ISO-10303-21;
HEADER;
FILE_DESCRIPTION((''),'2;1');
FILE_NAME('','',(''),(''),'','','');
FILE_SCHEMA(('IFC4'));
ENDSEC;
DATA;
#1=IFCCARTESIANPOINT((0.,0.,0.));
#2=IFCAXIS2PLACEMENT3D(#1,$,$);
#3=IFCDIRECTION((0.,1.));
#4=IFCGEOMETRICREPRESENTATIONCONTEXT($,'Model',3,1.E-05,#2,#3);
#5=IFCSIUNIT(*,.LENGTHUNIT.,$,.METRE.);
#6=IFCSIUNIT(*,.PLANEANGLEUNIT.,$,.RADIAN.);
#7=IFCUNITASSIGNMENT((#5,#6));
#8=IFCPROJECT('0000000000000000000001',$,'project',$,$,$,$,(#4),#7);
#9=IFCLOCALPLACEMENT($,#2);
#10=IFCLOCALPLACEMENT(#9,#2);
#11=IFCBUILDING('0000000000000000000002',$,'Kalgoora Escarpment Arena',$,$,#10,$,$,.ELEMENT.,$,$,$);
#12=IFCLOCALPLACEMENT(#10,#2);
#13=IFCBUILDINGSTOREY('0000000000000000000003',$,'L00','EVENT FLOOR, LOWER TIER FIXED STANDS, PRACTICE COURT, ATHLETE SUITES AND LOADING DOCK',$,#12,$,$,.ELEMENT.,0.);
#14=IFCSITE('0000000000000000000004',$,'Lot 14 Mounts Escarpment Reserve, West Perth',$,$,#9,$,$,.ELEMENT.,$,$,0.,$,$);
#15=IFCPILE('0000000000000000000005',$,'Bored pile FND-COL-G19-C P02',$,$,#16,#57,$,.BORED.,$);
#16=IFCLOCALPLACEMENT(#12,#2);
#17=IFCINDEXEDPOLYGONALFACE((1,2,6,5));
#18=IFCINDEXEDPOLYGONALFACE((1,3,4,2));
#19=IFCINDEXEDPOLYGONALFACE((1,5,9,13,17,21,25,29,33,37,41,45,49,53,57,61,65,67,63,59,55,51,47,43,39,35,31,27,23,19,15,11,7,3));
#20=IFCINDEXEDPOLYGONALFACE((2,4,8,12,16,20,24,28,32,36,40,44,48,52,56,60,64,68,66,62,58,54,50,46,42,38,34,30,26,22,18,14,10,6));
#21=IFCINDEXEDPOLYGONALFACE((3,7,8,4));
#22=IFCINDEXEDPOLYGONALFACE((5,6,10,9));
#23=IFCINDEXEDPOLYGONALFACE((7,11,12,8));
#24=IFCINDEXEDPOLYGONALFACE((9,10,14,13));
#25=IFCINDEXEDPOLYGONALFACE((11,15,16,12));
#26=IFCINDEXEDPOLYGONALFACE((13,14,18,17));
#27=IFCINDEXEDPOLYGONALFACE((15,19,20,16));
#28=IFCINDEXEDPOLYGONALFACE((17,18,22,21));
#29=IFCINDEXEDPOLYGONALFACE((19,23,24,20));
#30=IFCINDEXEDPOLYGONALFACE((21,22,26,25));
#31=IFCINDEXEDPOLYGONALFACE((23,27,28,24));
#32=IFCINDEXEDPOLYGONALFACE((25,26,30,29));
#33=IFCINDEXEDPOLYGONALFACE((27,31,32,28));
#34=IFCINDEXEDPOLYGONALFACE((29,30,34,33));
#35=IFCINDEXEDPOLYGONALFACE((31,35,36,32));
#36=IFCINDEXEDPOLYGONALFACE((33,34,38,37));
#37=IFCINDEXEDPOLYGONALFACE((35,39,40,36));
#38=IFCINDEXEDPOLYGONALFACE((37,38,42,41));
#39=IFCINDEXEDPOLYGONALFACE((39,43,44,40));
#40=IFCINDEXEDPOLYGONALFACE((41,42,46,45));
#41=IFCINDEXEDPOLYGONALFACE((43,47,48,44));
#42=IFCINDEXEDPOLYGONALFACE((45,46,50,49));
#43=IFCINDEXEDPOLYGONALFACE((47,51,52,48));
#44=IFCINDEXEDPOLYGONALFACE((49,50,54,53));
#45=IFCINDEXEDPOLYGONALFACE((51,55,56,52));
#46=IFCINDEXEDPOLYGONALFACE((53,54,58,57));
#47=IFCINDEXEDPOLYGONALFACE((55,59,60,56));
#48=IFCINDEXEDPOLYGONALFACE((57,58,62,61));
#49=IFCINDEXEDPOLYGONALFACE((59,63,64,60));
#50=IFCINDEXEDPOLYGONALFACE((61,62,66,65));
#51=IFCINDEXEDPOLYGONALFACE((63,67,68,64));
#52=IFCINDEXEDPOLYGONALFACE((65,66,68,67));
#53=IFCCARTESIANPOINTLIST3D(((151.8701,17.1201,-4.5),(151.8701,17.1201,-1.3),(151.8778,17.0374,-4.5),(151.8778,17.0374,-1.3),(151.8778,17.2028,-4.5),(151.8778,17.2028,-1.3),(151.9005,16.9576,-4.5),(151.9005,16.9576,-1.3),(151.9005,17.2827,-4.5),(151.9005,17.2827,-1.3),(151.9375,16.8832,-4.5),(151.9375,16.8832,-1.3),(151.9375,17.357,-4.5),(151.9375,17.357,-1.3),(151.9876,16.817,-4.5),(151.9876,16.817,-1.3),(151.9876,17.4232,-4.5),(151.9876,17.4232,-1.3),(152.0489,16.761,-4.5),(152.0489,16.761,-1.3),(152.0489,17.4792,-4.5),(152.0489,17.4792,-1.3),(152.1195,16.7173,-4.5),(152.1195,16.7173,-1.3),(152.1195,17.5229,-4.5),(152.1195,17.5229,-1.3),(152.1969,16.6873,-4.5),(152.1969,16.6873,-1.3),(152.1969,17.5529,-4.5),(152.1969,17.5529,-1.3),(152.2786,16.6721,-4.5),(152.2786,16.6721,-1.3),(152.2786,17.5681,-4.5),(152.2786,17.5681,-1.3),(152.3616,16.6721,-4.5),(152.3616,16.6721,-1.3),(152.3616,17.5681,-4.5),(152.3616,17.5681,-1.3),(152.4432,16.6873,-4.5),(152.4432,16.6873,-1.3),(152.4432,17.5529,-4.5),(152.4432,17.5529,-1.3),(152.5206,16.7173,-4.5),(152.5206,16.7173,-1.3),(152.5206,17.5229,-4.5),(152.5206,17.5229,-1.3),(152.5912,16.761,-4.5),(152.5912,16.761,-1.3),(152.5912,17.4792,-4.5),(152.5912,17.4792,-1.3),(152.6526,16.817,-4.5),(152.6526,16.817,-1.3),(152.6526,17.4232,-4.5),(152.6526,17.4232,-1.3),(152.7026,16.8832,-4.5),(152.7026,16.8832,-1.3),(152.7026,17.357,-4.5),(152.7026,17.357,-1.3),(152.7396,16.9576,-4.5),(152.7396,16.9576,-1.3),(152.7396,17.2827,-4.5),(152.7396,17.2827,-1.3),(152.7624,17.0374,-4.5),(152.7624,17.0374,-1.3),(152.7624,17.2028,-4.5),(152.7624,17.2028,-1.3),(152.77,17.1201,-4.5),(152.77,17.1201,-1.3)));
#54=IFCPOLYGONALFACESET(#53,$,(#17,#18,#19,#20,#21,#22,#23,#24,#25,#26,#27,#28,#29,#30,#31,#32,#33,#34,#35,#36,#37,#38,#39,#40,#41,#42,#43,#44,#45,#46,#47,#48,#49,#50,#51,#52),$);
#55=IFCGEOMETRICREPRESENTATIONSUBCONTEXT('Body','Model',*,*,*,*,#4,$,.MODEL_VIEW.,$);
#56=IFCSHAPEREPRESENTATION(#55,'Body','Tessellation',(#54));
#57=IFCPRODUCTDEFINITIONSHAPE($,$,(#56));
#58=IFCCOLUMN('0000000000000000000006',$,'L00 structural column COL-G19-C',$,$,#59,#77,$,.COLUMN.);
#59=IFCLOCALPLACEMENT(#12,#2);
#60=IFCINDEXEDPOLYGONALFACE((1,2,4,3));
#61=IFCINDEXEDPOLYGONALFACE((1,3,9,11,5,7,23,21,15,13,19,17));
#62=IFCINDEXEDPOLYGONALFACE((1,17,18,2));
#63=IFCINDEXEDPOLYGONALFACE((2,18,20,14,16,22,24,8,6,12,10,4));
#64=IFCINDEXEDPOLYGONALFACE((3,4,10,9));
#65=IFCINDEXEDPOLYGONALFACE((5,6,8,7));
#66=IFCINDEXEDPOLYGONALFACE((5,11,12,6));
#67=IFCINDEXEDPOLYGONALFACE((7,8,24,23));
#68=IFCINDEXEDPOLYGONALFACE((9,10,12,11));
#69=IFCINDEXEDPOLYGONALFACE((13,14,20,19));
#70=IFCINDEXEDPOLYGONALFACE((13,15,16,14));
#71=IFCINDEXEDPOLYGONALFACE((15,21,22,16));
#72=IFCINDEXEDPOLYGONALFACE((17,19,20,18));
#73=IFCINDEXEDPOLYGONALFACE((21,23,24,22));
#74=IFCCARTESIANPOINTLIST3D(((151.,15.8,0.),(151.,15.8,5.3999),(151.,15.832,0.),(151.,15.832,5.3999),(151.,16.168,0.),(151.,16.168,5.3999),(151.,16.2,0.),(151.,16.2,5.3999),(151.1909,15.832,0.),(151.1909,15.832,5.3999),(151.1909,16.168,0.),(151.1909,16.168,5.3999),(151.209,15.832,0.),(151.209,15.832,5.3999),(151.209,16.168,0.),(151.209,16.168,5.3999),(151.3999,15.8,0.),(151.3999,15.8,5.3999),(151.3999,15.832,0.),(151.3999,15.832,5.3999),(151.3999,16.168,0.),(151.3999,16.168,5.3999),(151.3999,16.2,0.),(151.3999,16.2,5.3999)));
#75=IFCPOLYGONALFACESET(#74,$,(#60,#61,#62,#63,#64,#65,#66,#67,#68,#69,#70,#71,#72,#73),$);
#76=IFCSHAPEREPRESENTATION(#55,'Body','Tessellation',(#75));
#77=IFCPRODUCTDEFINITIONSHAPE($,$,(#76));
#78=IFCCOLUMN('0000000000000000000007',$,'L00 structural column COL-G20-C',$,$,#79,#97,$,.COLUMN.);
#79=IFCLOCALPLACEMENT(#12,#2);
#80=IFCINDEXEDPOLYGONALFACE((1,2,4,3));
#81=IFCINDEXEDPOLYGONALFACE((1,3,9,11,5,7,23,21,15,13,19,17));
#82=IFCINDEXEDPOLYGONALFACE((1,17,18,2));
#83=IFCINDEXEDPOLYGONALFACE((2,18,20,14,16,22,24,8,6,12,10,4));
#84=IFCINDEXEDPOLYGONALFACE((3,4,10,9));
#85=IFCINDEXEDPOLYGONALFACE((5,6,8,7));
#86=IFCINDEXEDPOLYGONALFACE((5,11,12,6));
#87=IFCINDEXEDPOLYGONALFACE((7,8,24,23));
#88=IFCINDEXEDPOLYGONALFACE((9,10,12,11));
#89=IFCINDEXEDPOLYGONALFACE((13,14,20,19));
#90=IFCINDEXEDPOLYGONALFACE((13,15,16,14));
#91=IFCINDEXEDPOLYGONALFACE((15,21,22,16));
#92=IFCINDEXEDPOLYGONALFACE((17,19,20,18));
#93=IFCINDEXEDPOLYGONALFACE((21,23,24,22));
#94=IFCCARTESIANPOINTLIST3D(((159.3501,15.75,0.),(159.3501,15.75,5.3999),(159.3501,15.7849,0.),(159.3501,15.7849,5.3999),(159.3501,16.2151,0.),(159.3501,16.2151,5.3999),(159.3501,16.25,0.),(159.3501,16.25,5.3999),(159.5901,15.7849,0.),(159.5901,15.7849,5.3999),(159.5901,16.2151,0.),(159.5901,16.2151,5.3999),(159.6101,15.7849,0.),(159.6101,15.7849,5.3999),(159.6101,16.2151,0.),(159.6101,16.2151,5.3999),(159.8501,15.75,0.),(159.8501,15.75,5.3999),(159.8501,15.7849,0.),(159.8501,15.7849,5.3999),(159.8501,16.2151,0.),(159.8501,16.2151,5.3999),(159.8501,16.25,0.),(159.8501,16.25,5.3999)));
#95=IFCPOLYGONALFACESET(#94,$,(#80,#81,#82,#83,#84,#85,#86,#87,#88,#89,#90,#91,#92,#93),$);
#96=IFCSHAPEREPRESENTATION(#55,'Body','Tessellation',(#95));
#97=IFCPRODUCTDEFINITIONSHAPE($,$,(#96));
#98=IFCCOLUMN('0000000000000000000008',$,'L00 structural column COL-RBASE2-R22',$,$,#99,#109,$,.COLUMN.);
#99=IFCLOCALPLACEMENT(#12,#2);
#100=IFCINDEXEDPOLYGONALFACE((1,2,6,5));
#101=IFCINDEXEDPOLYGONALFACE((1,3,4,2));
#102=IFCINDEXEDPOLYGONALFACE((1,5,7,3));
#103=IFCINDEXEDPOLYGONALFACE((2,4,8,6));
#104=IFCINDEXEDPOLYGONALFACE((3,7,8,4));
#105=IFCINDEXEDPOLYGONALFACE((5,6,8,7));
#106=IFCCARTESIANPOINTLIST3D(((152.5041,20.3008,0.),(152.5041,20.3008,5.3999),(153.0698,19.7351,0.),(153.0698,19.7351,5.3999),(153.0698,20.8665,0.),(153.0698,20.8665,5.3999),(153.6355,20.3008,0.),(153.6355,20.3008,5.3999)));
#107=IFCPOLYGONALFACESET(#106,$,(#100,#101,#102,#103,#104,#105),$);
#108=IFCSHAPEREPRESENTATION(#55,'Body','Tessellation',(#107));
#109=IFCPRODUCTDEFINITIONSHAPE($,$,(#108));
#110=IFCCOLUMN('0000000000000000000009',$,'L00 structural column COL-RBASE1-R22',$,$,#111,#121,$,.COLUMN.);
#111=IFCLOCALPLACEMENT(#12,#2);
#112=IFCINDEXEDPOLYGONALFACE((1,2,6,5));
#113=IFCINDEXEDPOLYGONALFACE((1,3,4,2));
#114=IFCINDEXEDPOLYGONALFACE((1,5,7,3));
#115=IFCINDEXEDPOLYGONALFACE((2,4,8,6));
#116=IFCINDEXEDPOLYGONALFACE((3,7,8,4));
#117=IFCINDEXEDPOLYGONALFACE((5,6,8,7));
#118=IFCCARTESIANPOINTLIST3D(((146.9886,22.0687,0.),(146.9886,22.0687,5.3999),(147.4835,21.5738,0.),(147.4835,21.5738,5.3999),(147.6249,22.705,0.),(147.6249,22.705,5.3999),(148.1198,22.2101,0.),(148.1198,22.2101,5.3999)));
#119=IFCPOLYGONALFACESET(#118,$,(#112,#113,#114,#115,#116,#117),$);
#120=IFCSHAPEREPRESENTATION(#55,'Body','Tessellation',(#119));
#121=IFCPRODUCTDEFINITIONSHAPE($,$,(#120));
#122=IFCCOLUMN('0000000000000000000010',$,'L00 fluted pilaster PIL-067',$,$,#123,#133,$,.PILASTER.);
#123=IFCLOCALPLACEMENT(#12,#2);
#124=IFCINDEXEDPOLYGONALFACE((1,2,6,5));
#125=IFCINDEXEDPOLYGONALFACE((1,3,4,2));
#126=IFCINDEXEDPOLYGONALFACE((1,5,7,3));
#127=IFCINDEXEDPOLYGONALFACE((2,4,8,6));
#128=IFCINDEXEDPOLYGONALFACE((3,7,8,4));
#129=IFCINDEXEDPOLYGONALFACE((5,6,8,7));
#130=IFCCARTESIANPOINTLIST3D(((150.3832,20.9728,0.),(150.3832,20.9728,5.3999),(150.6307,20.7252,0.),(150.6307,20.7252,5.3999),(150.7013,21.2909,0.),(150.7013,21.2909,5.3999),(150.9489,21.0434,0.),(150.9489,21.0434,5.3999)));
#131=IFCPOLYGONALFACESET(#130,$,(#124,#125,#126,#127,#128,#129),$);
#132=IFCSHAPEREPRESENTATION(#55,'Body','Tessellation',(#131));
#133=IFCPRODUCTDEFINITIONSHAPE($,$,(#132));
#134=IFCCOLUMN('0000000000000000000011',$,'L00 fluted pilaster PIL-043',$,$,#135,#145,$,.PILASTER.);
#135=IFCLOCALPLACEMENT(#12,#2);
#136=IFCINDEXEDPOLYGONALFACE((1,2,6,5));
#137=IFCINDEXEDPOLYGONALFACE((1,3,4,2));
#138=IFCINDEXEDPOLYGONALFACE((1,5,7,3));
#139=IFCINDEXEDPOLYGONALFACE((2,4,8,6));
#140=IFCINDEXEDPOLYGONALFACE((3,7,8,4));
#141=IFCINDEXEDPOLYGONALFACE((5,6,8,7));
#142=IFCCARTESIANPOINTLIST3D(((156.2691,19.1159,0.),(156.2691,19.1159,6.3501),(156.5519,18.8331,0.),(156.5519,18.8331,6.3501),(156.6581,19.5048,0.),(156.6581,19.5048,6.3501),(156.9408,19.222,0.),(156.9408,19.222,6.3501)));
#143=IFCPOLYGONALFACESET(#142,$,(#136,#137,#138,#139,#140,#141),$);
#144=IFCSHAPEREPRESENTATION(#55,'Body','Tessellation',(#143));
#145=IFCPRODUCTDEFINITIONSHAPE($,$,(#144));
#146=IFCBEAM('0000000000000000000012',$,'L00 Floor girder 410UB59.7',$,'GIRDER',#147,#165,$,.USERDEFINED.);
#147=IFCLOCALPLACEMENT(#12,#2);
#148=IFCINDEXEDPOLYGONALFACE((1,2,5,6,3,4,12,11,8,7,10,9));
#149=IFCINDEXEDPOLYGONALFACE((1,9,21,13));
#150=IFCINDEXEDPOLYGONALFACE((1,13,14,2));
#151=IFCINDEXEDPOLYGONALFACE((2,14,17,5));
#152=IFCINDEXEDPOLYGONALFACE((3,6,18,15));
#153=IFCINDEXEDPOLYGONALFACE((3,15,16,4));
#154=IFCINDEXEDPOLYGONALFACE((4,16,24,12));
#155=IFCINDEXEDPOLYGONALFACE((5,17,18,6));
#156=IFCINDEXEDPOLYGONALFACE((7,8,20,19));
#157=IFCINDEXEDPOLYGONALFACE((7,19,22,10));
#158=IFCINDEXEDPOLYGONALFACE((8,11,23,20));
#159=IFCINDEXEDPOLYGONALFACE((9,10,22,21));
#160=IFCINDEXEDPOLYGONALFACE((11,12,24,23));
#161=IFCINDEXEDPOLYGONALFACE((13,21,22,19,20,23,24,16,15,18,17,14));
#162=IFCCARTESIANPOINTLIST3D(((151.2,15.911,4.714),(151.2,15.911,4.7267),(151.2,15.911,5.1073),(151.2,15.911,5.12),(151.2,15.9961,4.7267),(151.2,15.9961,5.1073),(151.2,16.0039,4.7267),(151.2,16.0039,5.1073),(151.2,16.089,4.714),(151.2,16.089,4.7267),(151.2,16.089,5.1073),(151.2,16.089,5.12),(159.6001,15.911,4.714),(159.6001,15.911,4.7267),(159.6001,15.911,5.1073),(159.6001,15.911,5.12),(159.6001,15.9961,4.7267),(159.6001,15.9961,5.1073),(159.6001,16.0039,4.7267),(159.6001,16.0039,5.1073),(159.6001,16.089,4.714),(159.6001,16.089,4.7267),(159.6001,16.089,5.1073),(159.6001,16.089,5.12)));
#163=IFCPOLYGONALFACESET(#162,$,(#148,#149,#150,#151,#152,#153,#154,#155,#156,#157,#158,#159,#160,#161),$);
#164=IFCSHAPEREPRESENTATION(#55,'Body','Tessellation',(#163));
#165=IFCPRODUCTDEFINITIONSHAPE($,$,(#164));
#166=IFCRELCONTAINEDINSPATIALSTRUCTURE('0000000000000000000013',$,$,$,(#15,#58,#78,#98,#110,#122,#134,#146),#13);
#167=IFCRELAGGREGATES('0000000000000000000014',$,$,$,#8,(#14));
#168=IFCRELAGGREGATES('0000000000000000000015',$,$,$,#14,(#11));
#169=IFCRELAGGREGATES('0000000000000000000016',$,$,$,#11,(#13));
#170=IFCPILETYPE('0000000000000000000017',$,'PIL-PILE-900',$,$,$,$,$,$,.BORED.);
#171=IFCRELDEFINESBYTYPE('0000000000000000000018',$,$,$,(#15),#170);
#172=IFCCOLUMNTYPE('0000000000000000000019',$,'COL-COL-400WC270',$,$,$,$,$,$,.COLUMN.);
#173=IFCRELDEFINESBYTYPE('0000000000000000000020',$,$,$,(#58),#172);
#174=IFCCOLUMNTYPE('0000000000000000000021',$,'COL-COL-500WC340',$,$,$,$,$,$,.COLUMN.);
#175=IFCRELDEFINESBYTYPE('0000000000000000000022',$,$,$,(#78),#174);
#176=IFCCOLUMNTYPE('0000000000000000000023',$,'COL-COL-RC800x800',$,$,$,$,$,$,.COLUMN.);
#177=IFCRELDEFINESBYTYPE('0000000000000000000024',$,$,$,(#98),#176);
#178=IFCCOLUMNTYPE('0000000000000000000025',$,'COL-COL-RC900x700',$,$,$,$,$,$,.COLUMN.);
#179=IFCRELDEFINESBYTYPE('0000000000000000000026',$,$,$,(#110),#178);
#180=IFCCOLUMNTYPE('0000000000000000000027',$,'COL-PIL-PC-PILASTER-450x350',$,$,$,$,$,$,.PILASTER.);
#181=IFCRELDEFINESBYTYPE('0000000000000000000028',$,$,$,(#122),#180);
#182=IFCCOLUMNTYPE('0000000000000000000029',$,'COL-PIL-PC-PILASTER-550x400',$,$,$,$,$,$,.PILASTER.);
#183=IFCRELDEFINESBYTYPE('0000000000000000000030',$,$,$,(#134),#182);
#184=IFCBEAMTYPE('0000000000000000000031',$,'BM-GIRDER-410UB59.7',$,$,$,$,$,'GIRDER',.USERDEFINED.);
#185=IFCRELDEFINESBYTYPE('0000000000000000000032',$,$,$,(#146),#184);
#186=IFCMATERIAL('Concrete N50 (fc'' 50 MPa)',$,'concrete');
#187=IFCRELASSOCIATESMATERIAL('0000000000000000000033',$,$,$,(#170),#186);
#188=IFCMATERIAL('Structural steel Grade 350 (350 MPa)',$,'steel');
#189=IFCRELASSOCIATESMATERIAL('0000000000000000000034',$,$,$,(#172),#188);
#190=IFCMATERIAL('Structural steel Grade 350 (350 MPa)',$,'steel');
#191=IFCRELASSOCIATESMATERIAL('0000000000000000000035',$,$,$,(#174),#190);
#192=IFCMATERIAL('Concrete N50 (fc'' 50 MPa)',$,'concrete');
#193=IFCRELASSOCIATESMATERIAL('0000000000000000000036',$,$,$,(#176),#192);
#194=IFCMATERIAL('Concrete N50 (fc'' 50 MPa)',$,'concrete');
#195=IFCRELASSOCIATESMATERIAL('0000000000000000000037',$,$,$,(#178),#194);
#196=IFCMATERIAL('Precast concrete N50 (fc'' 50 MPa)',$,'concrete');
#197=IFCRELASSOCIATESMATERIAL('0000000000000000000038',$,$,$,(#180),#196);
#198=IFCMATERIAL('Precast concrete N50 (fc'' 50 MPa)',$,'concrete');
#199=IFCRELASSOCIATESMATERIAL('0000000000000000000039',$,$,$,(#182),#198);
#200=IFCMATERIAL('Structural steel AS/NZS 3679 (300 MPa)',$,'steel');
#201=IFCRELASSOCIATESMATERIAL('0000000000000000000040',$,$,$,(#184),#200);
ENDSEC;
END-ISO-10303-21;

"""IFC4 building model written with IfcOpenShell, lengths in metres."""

from ifc_helpers import new_model, si_unit, direction, frame, origin, origin_2d, place, context, subcontext, project, spatial, rectangle, circle, i_section, extrude, material, material_profile, profile_set, type_object, element, save


model = new_model("IFC4")

# Units and contexts
model_context = context("Model", 3, precision=1e-05, world=origin(), true_north=direction((0.0, 1.0)))
body_context = subcontext(model_context, "Body", "Model", "MODEL_VIEW")
ifc_project = project(units=[si_unit("LENGTHUNIT", "METRE"), si_unit("PLANEANGLEUNIT", "RADIAN")], contexts=[model_context])

# Site, building, storey
site_placement = place(None, origin())
site = spatial("IfcSite", under=ifc_project, at=site_placement, Name="Lot 14 Mounts Escarpment Reserve, West Perth", CompositionType="ELEMENT", RefElevation=0.0)
building_placement = place(site_placement, origin())
building = spatial("IfcBuilding", under=site, at=building_placement, Name="Kalgoora Escarpment Arena", CompositionType="ELEMENT")
storey_placement = place(building_placement, origin())
storey = spatial("IfcBuildingStorey", under=building, at=storey_placement, Name="L00", Description="EVENT FLOOR, LOWER TIER FIXED STANDS, PRACTICE COURT, ATHLETE SUITES AND LOADING DOCK", CompositionType="ELEMENT", Elevation=0.0)

# Pile
ifc_material_1 = material(Name="Concrete N50 (fc' 50 MPa)", Category="concrete")
ifc_material_profile_1 = material_profile(ifc_material_1, circle(Radius=0.45, at=origin_2d()))
ifc_profile_set_1 = profile_set([ifc_material_profile_1], Name="Concrete N50 (fc' 50 MPa)")
pile_type_1 = type_object("IfcPileType", Name="PIL-PILE-900", PredefinedType="BORED", material=ifc_profile_set_1)
for number, where, z_axis, x_axis, name in (
    (1, (152.3201, 17.1201, -1.3), (0.0, 0.0, -1.0), (1.0, 0.0, 0.0), "Bored pile FND-COL-G19-C P02"),
):
    element("IfcPile", number, at=place(storey_placement, frame(where, z_axis=z_axis, x_axis=x_axis)), inside=storey, type_object=pile_type_1, Name=name, PredefinedType="BORED", context=body_context, shape_type="SweptSolid", body=[
        extrude(circle(Radius=0.45, at=origin_2d()), origin(), (0.0, 0.0, 1.0), 3.2),
    ])

# Columns
ifc_material_2 = material(Name="Structural steel Grade 350 (350 MPa)", Category="steel")
ifc_material_profile_2 = material_profile(ifc_material_2, i_section(OverallWidth=0.3999, OverallDepth=0.3999, WebThickness=0.0181, FlangeThickness=0.032, at=origin_2d()))
ifc_profile_set_2 = profile_set([ifc_material_profile_2], Name="Structural steel Grade 350 (350 MPa)")
column_type_1 = type_object("IfcColumnType", Name="COL-COL-400WC270", PredefinedType="COLUMN", material=ifc_profile_set_2)
column_1_placement = place(storey_placement, frame((151.2, 16.0, 0.0), z_axis=(0.0, 0.0, 1.0), x_axis=(1.0, 0.0, 0.0)))
element("IfcColumn", 2, at=column_1_placement, inside=storey, type_object=column_type_1, Name="L00 structural column COL-G19-C", PredefinedType="COLUMN", context=body_context, shape_type="SweptSolid", body=[
    extrude(i_section(OverallWidth=0.3999, OverallDepth=0.3999, WebThickness=0.0181, FlangeThickness=0.032, at=origin_2d()), origin(), (0.0, 0.0, 1.0), 5.3999),
])
ifc_material_3 = material(Name="Structural steel Grade 350 (350 MPa)", Category="steel")
ifc_material_profile_3 = material_profile(ifc_material_3, i_section(OverallWidth=0.5, OverallDepth=0.5, WebThickness=0.02, FlangeThickness=0.0349, at=origin_2d()))
ifc_profile_set_3 = profile_set([ifc_material_profile_3], Name="Structural steel Grade 350 (350 MPa)")
column_type_2 = type_object("IfcColumnType", Name="COL-COL-500WC340", PredefinedType="COLUMN", material=ifc_profile_set_3)
column_2_placement = place(storey_placement, frame((159.6001, 16.0, 0.0), z_axis=(0.0, 0.0, 1.0), x_axis=(1.0, 0.0, 0.0)))
element("IfcColumn", 3, at=column_2_placement, inside=storey, type_object=column_type_2, Name="L00 structural column COL-G20-C", PredefinedType="COLUMN", context=body_context, shape_type="SweptSolid", body=[
    extrude(i_section(OverallWidth=0.5, OverallDepth=0.5, WebThickness=0.02, FlangeThickness=0.0349, at=origin_2d()), origin(), (0.0, 0.0, 1.0), 5.3999),
])
ifc_material_4 = material(Name="Concrete N50 (fc' 50 MPa)", Category="concrete")
ifc_material_profile_4 = material_profile(ifc_material_4, rectangle(XDim=0.8, YDim=0.8, at=origin_2d()))
ifc_profile_set_4 = profile_set([ifc_material_profile_4], Name="Concrete N50 (fc' 50 MPa)")
column_type_3 = type_object("IfcColumnType", Name="COL-COL-RC800x800", PredefinedType="COLUMN", material=ifc_profile_set_4)
column_3_placement = place(storey_placement, frame((153.0698, 20.3008, 0.0), z_axis=(0.0, 0.0, 1.0), x_axis=(0.707107, -0.707107, 0.0)))
element("IfcColumn", 4, at=column_3_placement, inside=storey, type_object=column_type_3, Name="L00 structural column COL-RBASE2-R22", PredefinedType="COLUMN", context=body_context, shape_type="SweptSolid", body=[
    extrude(rectangle(XDim=0.8, YDim=0.8, at=origin_2d()), origin(), (0.0, 0.0, 1.0), 5.3999),
])
ifc_material_5 = material(Name="Concrete N50 (fc' 50 MPa)", Category="concrete")
ifc_material_profile_5 = material_profile(ifc_material_5, rectangle(XDim=0.7, YDim=0.8999, at=origin_2d()))
ifc_profile_set_5 = profile_set([ifc_material_profile_5], Name="Concrete N50 (fc' 50 MPa)")
column_type_4 = type_object("IfcColumnType", Name="COL-COL-RC900x700", PredefinedType="COLUMN", material=ifc_profile_set_5)
column_4_placement = place(storey_placement, frame((147.5542, 22.1394, 0.0), z_axis=(0.0, 0.0, 1.0), x_axis=(0.707107, -0.707107, 0.0)))
element("IfcColumn", 5, at=column_4_placement, inside=storey, type_object=column_type_4, Name="L00 structural column COL-RBASE1-R22", PredefinedType="COLUMN", context=body_context, shape_type="SweptSolid", body=[
    extrude(rectangle(XDim=0.7, YDim=0.8999, at=origin_2d()), origin(), (0.0, 0.0, 1.0), 5.3999),
])
ifc_material_6 = material(Name="Precast concrete N50 (fc' 50 MPa)", Category="concrete")
ifc_material_profile_6 = material_profile(ifc_material_6, rectangle(XDim=0.3501, YDim=0.45, at=origin_2d()))
ifc_profile_set_6 = profile_set([ifc_material_profile_6], Name="Precast concrete N50 (fc' 50 MPa)")
column_type_5 = type_object("IfcColumnType", Name="COL-PIL-PC-PILASTER-450x350", PredefinedType="PILASTER", material=ifc_profile_set_6)
column_5_placement = place(storey_placement, frame((150.666, 21.0081, 0.0), z_axis=(0.0, 0.0, 1.0), x_axis=(0.707107, -0.707107, 0.0)))
element("IfcColumn", 6, at=column_5_placement, inside=storey, type_object=column_type_5, Name="L00 fluted pilaster PIL-067", PredefinedType="PILASTER", context=body_context, shape_type="SweptSolid", body=[
    extrude(rectangle(XDim=0.3501, YDim=0.45, at=origin_2d()), origin(), (0.0, 0.0, 1.0), 5.3999),
])
ifc_material_7 = material(Name="Precast concrete N50 (fc' 50 MPa)", Category="concrete")
ifc_material_profile_7 = material_profile(ifc_material_7, rectangle(XDim=0.3999, YDim=0.55, at=origin_2d()))
ifc_profile_set_7 = profile_set([ifc_material_profile_7], Name="Precast concrete N50 (fc' 50 MPa)")
column_type_6 = type_object("IfcColumnType", Name="COL-PIL-PC-PILASTER-550x400", PredefinedType="PILASTER", material=ifc_profile_set_7)
column_6_placement = place(storey_placement, frame((156.605, 19.1689, 0.0), z_axis=(0.0, 0.0, 1.0), x_axis=(0.707107, -0.707107, 0.0)))
element("IfcColumn", 7, at=column_6_placement, inside=storey, type_object=column_type_6, Name="L00 fluted pilaster PIL-043", PredefinedType="PILASTER", context=body_context, shape_type="SweptSolid", body=[
    extrude(rectangle(XDim=0.3999, YDim=0.55, at=origin_2d()), origin(), (0.0, 0.0, 1.0), 6.3501),
])

# Beam
ifc_material_8 = material(Name="Structural steel AS/NZS 3679 (300 MPa)", Category="steel")
ifc_material_profile_8 = material_profile(ifc_material_8, i_section(OverallWidth=0.178, OverallDepth=0.406, WebThickness=0.0078, FlangeThickness=0.0127, at=origin_2d()))
ifc_profile_set_8 = profile_set([ifc_material_profile_8], Name="Structural steel AS/NZS 3679 (300 MPa)")
beam_type_1 = type_object("IfcBeamType", Name="BM-GIRDER-410UB59.7", ElementType="GIRDER", PredefinedType="USERDEFINED", material=ifc_profile_set_8)
beam_1_placement = place(storey_placement, frame((151.2, 16.0, 4.917), z_axis=(1.0, 0.0, 0.0), x_axis=(0.0, 1.0, 0.0)))
element("IfcBeam", 8, at=beam_1_placement, inside=storey, type_object=beam_type_1, Name="L00 Floor girder 410UB59.7", ObjectType="GIRDER", PredefinedType="USERDEFINED", context=body_context, shape_type="SweptSolid", body=[
    extrude(i_section(OverallWidth=0.178, OverallDepth=0.406, WebThickness=0.0078, FlangeThickness=0.0127, at=origin_2d()), origin(), (0.0, 0.0, 1.0), 8.4001),
])

save(model, "model.ifc")
